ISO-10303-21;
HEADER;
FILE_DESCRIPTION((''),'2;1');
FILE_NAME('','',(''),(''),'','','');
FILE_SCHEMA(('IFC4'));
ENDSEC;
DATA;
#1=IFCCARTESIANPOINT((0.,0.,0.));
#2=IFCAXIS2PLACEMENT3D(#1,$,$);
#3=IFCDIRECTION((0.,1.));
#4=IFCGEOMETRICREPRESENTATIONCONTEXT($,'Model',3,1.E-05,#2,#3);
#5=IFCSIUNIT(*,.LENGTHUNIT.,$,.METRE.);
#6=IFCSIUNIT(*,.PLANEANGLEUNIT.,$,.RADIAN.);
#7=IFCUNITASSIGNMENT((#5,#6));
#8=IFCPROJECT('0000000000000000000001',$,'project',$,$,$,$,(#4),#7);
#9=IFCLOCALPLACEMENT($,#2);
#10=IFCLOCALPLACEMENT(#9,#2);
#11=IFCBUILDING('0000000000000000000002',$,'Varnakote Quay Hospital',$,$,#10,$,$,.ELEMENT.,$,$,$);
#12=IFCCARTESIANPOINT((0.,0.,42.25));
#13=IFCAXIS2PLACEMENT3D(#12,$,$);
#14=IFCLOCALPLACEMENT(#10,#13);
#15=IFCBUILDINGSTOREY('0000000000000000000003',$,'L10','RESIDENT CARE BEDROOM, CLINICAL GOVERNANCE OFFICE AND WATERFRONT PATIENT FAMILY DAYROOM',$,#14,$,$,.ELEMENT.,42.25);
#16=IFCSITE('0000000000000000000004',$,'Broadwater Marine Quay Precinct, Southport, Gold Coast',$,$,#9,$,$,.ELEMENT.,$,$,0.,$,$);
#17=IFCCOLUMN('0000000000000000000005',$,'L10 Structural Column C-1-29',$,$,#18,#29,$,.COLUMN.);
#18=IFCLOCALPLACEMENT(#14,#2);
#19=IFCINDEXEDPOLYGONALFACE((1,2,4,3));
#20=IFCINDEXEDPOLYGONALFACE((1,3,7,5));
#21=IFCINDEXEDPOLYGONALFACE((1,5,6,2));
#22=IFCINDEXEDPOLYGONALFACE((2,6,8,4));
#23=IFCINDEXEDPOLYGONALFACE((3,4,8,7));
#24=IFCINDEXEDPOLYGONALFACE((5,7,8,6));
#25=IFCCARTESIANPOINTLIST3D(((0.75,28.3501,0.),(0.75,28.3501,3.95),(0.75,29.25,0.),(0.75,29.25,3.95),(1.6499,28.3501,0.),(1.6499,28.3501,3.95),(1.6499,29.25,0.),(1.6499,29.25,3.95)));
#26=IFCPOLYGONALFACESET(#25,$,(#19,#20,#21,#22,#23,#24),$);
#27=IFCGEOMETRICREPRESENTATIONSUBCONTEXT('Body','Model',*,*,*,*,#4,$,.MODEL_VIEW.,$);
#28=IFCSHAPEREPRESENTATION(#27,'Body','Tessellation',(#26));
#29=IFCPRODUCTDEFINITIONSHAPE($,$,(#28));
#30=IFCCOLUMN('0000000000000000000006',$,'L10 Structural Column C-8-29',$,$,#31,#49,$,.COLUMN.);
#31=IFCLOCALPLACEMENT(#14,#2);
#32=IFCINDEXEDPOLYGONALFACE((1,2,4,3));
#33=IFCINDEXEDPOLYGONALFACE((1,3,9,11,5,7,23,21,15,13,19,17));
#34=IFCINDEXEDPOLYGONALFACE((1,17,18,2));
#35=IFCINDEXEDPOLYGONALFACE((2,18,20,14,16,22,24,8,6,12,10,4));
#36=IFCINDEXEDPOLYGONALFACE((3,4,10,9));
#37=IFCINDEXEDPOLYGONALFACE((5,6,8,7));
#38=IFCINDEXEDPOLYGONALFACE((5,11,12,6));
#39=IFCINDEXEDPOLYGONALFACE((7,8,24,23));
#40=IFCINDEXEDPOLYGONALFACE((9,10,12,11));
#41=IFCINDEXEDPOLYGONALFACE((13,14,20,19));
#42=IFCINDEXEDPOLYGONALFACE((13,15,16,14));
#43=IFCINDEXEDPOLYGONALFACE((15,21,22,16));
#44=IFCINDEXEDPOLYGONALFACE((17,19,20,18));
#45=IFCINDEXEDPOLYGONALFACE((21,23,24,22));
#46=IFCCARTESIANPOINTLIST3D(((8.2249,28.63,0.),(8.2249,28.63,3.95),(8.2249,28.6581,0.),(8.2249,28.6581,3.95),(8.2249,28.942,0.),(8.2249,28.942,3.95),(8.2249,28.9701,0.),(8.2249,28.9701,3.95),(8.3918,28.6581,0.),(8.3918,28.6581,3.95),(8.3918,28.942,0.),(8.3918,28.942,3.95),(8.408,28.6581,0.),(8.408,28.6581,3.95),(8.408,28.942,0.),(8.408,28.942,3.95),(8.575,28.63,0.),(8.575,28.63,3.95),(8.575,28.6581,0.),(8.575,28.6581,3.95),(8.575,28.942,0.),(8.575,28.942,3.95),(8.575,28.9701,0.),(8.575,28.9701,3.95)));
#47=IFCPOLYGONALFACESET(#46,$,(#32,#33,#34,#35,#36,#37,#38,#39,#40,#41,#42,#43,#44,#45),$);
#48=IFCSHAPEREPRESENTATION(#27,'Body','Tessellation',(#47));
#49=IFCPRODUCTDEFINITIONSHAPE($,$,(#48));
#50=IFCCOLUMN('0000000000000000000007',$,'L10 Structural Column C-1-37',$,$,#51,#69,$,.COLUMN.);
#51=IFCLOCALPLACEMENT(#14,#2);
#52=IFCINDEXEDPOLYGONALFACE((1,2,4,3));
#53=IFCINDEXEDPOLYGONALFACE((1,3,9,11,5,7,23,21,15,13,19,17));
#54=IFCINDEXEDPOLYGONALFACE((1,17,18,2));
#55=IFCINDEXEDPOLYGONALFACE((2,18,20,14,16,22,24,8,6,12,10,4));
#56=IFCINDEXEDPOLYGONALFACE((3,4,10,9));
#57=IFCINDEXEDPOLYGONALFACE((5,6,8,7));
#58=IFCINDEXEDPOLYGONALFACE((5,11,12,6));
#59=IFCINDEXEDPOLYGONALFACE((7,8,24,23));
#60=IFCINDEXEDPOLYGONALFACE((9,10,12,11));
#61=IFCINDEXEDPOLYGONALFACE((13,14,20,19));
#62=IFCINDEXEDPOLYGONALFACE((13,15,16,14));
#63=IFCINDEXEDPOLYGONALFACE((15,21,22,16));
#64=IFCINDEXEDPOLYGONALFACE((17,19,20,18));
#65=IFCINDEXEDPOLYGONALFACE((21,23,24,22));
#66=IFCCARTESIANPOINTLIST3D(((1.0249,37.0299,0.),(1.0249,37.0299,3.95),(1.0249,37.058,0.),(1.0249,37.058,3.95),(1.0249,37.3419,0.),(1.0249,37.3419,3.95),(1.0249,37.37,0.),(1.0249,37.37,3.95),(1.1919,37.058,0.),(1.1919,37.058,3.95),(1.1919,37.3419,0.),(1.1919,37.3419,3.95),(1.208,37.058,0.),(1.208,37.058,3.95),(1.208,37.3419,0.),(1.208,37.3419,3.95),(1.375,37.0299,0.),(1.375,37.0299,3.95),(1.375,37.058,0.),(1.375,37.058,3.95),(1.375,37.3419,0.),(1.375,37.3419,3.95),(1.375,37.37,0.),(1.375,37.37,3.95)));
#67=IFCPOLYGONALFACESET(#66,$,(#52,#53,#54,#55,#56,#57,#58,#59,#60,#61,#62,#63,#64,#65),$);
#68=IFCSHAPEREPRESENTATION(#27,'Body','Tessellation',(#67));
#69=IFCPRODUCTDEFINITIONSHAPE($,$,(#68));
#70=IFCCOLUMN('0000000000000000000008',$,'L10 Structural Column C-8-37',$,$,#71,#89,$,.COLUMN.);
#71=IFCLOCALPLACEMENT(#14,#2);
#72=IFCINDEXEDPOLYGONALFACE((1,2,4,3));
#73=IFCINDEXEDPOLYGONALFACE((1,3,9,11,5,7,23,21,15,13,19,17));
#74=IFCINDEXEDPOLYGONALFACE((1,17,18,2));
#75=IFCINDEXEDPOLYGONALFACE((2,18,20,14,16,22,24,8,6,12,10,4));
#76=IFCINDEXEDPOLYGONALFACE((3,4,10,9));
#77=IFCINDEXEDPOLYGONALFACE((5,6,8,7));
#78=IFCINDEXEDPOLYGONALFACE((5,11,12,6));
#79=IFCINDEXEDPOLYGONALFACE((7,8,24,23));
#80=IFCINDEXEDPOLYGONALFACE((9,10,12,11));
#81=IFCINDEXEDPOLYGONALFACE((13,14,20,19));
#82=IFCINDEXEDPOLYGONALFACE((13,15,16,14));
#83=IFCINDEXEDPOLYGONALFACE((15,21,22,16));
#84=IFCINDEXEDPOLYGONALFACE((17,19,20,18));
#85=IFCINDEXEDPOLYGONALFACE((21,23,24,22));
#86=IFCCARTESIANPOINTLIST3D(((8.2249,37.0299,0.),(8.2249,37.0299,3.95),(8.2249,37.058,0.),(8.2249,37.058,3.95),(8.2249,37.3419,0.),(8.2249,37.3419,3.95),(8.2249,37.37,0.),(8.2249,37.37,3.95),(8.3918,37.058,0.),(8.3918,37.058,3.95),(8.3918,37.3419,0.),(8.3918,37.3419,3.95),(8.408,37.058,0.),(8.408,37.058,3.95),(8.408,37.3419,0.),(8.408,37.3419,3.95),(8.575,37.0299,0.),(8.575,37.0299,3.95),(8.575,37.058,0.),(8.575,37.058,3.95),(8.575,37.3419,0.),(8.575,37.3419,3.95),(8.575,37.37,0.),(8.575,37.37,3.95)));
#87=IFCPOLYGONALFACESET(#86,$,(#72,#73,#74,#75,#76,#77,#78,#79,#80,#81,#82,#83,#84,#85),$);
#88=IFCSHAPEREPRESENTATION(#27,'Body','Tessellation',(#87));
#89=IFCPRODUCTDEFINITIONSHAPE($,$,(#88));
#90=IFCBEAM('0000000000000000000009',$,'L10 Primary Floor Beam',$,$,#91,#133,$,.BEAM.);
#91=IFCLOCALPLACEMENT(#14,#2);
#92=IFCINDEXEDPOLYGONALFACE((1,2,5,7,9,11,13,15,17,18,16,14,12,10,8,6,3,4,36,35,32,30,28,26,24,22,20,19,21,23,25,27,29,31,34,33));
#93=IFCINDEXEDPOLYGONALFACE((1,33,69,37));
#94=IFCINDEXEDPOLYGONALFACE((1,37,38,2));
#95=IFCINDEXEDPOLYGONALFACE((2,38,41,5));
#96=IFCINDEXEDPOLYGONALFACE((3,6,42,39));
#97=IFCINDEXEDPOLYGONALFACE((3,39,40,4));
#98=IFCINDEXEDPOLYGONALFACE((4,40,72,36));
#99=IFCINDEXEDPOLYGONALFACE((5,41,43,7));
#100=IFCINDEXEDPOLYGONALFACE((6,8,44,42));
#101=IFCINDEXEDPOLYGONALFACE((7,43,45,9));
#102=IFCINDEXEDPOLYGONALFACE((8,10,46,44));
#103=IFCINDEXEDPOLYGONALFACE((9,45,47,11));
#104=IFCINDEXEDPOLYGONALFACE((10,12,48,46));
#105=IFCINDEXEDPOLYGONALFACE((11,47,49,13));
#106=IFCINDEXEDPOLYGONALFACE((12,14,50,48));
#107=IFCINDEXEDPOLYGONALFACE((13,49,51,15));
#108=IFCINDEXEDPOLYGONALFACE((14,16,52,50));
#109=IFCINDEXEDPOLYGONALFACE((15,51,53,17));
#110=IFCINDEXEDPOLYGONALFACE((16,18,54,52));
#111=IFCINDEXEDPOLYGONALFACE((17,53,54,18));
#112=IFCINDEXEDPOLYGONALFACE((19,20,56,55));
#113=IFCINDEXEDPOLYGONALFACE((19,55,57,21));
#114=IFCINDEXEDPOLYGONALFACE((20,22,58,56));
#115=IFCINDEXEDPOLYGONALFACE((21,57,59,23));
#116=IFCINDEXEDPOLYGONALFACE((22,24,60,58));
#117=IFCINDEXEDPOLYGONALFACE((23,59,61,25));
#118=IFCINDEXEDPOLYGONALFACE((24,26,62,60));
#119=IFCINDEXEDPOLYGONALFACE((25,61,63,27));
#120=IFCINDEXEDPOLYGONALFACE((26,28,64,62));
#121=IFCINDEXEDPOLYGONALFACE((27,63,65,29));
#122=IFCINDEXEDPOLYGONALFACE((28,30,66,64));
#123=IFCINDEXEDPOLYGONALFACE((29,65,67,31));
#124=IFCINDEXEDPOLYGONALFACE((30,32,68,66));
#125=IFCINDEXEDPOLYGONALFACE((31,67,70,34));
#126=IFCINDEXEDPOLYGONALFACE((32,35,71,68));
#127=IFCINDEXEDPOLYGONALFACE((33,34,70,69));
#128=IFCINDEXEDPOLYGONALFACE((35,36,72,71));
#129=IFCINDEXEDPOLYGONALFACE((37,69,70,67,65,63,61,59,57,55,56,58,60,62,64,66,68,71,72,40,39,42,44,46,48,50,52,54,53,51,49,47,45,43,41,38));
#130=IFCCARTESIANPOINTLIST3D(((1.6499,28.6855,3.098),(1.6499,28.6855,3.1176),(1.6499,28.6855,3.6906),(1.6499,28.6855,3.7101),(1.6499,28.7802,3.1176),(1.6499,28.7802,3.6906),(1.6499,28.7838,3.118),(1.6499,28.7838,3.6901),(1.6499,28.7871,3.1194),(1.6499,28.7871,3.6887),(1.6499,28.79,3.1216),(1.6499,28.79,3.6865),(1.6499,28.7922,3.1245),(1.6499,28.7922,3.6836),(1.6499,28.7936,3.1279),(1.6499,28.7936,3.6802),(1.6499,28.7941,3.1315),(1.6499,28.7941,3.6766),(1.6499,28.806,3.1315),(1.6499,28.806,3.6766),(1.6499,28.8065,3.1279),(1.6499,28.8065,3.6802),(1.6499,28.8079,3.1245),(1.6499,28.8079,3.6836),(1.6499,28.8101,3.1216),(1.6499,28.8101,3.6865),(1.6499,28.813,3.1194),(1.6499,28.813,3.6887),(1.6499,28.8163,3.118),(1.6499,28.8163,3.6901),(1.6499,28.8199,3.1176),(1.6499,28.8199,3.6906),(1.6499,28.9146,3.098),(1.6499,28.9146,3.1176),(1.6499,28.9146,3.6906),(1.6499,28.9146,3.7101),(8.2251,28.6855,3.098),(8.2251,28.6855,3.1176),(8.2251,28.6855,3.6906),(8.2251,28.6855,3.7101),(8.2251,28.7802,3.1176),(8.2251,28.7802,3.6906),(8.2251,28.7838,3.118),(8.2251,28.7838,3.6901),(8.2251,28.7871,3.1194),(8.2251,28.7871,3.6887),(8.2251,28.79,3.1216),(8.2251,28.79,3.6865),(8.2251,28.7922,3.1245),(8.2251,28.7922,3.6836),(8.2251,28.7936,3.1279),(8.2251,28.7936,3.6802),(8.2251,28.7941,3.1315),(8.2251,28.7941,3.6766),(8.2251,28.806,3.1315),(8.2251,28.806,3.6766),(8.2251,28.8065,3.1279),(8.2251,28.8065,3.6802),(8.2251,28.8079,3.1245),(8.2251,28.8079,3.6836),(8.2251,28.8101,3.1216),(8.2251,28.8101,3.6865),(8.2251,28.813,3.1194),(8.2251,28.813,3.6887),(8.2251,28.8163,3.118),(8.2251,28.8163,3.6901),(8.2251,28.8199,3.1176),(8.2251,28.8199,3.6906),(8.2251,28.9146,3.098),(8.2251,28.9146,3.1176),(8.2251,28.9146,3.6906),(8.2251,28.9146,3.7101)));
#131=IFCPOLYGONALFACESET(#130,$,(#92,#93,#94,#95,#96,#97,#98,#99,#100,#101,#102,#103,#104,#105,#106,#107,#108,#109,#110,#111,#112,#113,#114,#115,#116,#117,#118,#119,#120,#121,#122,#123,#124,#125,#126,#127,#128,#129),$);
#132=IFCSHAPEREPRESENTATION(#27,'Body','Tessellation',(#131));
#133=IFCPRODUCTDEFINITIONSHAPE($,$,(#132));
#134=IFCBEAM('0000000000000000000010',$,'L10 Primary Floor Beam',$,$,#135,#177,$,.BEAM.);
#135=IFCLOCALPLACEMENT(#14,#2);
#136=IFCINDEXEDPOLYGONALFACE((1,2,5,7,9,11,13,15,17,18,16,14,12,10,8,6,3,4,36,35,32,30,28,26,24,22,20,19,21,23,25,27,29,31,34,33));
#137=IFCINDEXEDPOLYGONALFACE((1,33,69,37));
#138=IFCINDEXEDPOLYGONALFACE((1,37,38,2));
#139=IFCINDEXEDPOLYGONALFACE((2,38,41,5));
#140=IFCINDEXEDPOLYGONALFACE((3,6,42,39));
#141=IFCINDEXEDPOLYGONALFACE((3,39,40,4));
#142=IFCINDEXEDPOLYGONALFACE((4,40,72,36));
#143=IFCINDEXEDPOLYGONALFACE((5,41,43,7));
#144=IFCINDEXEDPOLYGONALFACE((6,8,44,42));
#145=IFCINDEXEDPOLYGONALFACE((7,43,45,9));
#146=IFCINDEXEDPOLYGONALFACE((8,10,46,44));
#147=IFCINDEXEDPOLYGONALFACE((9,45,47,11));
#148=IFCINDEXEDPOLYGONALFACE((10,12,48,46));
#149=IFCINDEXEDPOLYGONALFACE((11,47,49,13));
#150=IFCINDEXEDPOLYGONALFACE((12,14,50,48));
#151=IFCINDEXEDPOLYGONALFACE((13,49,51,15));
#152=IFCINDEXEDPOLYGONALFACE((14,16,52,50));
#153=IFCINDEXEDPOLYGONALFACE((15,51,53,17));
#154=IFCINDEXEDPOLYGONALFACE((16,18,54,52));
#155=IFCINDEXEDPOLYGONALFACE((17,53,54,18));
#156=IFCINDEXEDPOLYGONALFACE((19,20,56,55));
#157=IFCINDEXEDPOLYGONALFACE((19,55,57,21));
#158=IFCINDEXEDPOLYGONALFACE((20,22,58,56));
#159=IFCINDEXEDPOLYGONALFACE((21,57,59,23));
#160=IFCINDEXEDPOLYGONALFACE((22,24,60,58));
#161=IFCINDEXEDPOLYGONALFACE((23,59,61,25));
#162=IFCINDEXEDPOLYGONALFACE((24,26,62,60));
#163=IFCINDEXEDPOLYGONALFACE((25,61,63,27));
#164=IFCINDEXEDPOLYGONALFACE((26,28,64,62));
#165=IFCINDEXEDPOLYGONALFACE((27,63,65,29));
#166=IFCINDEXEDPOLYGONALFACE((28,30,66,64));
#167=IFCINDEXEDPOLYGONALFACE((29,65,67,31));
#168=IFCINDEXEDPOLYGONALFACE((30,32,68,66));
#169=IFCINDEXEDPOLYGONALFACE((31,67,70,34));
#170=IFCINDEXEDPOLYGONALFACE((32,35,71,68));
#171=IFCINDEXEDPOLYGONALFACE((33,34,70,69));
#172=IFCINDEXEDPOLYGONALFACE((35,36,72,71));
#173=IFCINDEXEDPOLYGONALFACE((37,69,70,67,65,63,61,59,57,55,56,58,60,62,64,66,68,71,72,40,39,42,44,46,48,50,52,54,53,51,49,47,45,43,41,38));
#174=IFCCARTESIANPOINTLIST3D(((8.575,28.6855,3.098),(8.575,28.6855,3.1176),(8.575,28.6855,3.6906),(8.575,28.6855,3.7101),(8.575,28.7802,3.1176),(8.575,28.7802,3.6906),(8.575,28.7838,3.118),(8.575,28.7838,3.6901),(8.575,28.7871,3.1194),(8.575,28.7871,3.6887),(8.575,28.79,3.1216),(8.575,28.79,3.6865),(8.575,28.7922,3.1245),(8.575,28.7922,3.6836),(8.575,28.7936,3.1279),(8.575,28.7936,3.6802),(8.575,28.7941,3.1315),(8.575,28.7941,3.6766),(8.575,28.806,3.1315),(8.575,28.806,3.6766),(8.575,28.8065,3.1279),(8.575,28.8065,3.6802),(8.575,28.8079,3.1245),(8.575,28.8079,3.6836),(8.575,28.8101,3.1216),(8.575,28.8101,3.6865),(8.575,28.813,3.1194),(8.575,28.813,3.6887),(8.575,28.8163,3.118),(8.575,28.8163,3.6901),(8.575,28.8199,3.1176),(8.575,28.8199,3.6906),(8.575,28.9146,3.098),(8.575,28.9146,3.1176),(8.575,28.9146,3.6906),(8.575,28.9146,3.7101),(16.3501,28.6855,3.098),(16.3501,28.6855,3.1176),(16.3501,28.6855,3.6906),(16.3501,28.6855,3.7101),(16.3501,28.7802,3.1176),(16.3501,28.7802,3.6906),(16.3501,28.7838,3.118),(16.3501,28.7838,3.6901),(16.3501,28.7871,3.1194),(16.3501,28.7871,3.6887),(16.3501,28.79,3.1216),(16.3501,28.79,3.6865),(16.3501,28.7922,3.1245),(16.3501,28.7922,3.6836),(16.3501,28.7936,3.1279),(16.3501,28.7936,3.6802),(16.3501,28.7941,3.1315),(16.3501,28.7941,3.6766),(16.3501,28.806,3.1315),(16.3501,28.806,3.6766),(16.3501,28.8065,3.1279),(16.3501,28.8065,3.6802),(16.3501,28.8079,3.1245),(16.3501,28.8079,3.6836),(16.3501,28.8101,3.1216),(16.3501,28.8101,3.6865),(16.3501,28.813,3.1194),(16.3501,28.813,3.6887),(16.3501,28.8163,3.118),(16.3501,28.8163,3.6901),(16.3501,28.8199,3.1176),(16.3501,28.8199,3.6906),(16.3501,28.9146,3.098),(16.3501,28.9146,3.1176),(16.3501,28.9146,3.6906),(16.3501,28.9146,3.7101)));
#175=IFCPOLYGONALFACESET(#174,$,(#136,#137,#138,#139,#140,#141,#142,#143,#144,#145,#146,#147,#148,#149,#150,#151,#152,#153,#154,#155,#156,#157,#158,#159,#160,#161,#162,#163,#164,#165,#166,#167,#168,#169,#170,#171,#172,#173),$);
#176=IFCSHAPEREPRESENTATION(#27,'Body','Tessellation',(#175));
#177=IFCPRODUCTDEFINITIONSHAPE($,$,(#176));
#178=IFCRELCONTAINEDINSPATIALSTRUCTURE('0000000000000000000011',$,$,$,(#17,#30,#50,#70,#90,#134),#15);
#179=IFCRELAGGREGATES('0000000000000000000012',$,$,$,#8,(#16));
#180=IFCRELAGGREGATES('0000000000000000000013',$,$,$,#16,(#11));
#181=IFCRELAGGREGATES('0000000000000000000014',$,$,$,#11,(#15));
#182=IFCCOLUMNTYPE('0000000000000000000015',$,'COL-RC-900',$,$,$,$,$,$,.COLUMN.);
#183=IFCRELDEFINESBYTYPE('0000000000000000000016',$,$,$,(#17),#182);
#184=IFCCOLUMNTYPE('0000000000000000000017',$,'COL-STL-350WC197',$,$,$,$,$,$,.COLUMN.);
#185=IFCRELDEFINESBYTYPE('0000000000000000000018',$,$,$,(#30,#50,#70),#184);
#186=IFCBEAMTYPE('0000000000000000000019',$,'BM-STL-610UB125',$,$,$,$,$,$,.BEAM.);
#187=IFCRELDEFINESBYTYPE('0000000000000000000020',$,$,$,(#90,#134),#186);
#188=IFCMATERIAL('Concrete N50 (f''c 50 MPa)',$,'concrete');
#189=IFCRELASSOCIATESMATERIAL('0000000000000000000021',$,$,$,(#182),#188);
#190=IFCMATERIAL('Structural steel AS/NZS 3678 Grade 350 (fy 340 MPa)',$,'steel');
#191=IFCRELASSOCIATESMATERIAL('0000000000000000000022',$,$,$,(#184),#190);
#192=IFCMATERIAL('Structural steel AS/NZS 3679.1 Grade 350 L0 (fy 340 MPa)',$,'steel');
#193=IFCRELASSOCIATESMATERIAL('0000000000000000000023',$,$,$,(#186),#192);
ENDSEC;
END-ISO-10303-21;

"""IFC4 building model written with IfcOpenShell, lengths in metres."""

from ifc_helpers import new_model, si_unit, direction, frame, origin, origin_2d, place, context, subcontext, project, spatial, rectangle, i_section, extrude, material, material_profile, profile_set, type_object, element, save


model = new_model("IFC4")

# Units and contexts
model_context = context("Model", 3, precision=1e-05, world=origin(), true_north=direction((0.0, 1.0)))
body_context = subcontext(model_context, "Body", "Model", "MODEL_VIEW")
ifc_project = project(units=[si_unit("LENGTHUNIT", "METRE"), si_unit("PLANEANGLEUNIT", "RADIAN")], contexts=[model_context])

# Site, building, storey
site_placement = place(None, origin())
site = spatial("IfcSite", under=ifc_project, at=site_placement, Name="Broadwater Marine Quay Precinct, Southport, Gold Coast", CompositionType="ELEMENT", RefElevation=0.0)
building_placement = place(site_placement, origin())
building = spatial("IfcBuilding", under=site, at=building_placement, Name="Varnakote Quay Hospital", CompositionType="ELEMENT")
storey_placement = place(building_placement, frame((0.0, 0.0, 42.25)))
storey = spatial("IfcBuildingStorey", under=building, at=storey_placement, Name="L10", Description="RESIDENT CARE BEDROOM, CLINICAL GOVERNANCE OFFICE AND WATERFRONT PATIENT FAMILY DAYROOM", CompositionType="ELEMENT", Elevation=42.25)

# Columns
ifc_material_1 = material(Name="Concrete N50 (f'c 50 MPa)", Category="concrete")
ifc_material_profile_1 = material_profile(ifc_material_1, rectangle(XDim=0.8999, YDim=0.8999, at=origin_2d()), Name="RC-COL-900x900")
ifc_profile_set_1 = profile_set([ifc_material_profile_1], Name="Concrete N50 (f'c 50 MPa)")
column_type_1 = type_object("IfcColumnType", Name="COL-RC-900", PredefinedType="COLUMN", material=ifc_profile_set_1)
column_placement = place(storey_placement, frame((1.2, 28.8, 0.0), z_axis=(0.0, 0.0, 1.0), x_axis=(1.0, 0.0, 0.0)))
element("IfcColumn", 1, at=column_placement, inside=storey, type_object=column_type_1, Name="L10 Structural Column C-1-29", PredefinedType="COLUMN", context=body_context, shape_type="SweptSolid", body=[
    extrude(rectangle(XDim=0.8999, YDim=0.8999, at=origin_2d()), origin(), (0.0, 0.0, 1.0), 3.95),
])
ifc_material_2 = material(Name="Structural steel AS/NZS 3678 Grade 350 (fy 340 MPa)", Category="steel")
ifc_material_profile_2 = material_profile(ifc_material_2, i_section(OverallWidth=0.3501, OverallDepth=0.3401, WebThickness=0.0161, FlangeThickness=0.0281, at=origin_2d()), Name="350WC197")
ifc_profile_set_2 = profile_set([ifc_material_profile_2], Name="Structural steel AS/NZS 3678 Grade 350 (fy 340 MPa)")
column_type_2 = type_object("IfcColumnType", Name="COL-STL-350WC197", PredefinedType="COLUMN", material=ifc_profile_set_2)
for number, where, z_axis, x_axis, name in (
    (2, (8.3999, 28.8, 0.0), (0.0, 0.0, 1.0), (1.0, 0.0, 0.0), "L10 Structural Column C-8-29"),
    (3, (1.2, 37.2, 0.0), (0.0, 0.0, 1.0), (1.0, 0.0, 0.0), "L10 Structural Column C-1-37"),
    (4, (8.3999, 37.2, 0.0), (0.0, 0.0, 1.0), (1.0, 0.0, 0.0), "L10 Structural Column C-8-37"),
):
    element("IfcColumn", number, at=place(storey_placement, frame(where, z_axis=z_axis, x_axis=x_axis)), inside=storey, type_object=column_type_2, Name=name, PredefinedType="COLUMN", context=body_context, shape_type="SweptSolid", body=[
        extrude(i_section(OverallWidth=0.3501, OverallDepth=0.3401, WebThickness=0.0161, FlangeThickness=0.0281, at=origin_2d()), origin(), (0.0, 0.0, 1.0), 3.95),
    ])

# Beams
ifc_material_3 = material(Name="Structural steel AS/NZS 3679.1 Grade 350 L0 (fy 340 MPa)", Category="steel")
ifc_material_profile_3 = material_profile(ifc_material_3, i_section(OverallWidth=0.229, OverallDepth=0.6121, WebThickness=0.012, FlangeThickness=0.0195, FilletRadius=0.0139, at=origin_2d()), Name="610UB125")
ifc_profile_set_3 = profile_set([ifc_material_profile_3], Name="Structural steel AS/NZS 3679.1 Grade 350 L0 (fy 340 MPa)")
beam_type_1 = type_object("IfcBeamType", Name="BM-STL-610UB125", PredefinedType="BEAM", material=ifc_profile_set_3)
beam_1_placement = place(storey_placement, frame((1.6499, 28.8, 3.4041), z_axis=(1.0, 0.0, 0.0), x_axis=(0.0, 1.0, 0.0)))
element("IfcBeam", 5, at=beam_1_placement, inside=storey, type_object=beam_type_1, Name="L10 Primary Floor Beam", PredefinedType="BEAM", context=body_context, shape_type="SweptSolid", body=[
    extrude(i_section(OverallWidth=0.229, OverallDepth=0.6121, WebThickness=0.012, FlangeThickness=0.0195, FilletRadius=0.0139, at=origin_2d()), origin(), (0.0, 0.0, 1.0), 6.5752),
])
beam_2_placement = place(storey_placement, frame((8.575, 28.8, 3.4041), z_axis=(1.0, 0.0, 0.0), x_axis=(0.0, 1.0, 0.0)))
element("IfcBeam", 6, at=beam_2_placement, inside=storey, type_object=beam_type_1, Name="L10 Primary Floor Beam", PredefinedType="BEAM", context=body_context, shape_type="SweptSolid", body=[
    extrude(i_section(OverallWidth=0.229, OverallDepth=0.6121, WebThickness=0.012, FlangeThickness=0.0195, FilletRadius=0.0139, at=origin_2d()), origin(), (0.0, 0.0, 1.0), 7.7751),
])

save(model, "model.ifc")
